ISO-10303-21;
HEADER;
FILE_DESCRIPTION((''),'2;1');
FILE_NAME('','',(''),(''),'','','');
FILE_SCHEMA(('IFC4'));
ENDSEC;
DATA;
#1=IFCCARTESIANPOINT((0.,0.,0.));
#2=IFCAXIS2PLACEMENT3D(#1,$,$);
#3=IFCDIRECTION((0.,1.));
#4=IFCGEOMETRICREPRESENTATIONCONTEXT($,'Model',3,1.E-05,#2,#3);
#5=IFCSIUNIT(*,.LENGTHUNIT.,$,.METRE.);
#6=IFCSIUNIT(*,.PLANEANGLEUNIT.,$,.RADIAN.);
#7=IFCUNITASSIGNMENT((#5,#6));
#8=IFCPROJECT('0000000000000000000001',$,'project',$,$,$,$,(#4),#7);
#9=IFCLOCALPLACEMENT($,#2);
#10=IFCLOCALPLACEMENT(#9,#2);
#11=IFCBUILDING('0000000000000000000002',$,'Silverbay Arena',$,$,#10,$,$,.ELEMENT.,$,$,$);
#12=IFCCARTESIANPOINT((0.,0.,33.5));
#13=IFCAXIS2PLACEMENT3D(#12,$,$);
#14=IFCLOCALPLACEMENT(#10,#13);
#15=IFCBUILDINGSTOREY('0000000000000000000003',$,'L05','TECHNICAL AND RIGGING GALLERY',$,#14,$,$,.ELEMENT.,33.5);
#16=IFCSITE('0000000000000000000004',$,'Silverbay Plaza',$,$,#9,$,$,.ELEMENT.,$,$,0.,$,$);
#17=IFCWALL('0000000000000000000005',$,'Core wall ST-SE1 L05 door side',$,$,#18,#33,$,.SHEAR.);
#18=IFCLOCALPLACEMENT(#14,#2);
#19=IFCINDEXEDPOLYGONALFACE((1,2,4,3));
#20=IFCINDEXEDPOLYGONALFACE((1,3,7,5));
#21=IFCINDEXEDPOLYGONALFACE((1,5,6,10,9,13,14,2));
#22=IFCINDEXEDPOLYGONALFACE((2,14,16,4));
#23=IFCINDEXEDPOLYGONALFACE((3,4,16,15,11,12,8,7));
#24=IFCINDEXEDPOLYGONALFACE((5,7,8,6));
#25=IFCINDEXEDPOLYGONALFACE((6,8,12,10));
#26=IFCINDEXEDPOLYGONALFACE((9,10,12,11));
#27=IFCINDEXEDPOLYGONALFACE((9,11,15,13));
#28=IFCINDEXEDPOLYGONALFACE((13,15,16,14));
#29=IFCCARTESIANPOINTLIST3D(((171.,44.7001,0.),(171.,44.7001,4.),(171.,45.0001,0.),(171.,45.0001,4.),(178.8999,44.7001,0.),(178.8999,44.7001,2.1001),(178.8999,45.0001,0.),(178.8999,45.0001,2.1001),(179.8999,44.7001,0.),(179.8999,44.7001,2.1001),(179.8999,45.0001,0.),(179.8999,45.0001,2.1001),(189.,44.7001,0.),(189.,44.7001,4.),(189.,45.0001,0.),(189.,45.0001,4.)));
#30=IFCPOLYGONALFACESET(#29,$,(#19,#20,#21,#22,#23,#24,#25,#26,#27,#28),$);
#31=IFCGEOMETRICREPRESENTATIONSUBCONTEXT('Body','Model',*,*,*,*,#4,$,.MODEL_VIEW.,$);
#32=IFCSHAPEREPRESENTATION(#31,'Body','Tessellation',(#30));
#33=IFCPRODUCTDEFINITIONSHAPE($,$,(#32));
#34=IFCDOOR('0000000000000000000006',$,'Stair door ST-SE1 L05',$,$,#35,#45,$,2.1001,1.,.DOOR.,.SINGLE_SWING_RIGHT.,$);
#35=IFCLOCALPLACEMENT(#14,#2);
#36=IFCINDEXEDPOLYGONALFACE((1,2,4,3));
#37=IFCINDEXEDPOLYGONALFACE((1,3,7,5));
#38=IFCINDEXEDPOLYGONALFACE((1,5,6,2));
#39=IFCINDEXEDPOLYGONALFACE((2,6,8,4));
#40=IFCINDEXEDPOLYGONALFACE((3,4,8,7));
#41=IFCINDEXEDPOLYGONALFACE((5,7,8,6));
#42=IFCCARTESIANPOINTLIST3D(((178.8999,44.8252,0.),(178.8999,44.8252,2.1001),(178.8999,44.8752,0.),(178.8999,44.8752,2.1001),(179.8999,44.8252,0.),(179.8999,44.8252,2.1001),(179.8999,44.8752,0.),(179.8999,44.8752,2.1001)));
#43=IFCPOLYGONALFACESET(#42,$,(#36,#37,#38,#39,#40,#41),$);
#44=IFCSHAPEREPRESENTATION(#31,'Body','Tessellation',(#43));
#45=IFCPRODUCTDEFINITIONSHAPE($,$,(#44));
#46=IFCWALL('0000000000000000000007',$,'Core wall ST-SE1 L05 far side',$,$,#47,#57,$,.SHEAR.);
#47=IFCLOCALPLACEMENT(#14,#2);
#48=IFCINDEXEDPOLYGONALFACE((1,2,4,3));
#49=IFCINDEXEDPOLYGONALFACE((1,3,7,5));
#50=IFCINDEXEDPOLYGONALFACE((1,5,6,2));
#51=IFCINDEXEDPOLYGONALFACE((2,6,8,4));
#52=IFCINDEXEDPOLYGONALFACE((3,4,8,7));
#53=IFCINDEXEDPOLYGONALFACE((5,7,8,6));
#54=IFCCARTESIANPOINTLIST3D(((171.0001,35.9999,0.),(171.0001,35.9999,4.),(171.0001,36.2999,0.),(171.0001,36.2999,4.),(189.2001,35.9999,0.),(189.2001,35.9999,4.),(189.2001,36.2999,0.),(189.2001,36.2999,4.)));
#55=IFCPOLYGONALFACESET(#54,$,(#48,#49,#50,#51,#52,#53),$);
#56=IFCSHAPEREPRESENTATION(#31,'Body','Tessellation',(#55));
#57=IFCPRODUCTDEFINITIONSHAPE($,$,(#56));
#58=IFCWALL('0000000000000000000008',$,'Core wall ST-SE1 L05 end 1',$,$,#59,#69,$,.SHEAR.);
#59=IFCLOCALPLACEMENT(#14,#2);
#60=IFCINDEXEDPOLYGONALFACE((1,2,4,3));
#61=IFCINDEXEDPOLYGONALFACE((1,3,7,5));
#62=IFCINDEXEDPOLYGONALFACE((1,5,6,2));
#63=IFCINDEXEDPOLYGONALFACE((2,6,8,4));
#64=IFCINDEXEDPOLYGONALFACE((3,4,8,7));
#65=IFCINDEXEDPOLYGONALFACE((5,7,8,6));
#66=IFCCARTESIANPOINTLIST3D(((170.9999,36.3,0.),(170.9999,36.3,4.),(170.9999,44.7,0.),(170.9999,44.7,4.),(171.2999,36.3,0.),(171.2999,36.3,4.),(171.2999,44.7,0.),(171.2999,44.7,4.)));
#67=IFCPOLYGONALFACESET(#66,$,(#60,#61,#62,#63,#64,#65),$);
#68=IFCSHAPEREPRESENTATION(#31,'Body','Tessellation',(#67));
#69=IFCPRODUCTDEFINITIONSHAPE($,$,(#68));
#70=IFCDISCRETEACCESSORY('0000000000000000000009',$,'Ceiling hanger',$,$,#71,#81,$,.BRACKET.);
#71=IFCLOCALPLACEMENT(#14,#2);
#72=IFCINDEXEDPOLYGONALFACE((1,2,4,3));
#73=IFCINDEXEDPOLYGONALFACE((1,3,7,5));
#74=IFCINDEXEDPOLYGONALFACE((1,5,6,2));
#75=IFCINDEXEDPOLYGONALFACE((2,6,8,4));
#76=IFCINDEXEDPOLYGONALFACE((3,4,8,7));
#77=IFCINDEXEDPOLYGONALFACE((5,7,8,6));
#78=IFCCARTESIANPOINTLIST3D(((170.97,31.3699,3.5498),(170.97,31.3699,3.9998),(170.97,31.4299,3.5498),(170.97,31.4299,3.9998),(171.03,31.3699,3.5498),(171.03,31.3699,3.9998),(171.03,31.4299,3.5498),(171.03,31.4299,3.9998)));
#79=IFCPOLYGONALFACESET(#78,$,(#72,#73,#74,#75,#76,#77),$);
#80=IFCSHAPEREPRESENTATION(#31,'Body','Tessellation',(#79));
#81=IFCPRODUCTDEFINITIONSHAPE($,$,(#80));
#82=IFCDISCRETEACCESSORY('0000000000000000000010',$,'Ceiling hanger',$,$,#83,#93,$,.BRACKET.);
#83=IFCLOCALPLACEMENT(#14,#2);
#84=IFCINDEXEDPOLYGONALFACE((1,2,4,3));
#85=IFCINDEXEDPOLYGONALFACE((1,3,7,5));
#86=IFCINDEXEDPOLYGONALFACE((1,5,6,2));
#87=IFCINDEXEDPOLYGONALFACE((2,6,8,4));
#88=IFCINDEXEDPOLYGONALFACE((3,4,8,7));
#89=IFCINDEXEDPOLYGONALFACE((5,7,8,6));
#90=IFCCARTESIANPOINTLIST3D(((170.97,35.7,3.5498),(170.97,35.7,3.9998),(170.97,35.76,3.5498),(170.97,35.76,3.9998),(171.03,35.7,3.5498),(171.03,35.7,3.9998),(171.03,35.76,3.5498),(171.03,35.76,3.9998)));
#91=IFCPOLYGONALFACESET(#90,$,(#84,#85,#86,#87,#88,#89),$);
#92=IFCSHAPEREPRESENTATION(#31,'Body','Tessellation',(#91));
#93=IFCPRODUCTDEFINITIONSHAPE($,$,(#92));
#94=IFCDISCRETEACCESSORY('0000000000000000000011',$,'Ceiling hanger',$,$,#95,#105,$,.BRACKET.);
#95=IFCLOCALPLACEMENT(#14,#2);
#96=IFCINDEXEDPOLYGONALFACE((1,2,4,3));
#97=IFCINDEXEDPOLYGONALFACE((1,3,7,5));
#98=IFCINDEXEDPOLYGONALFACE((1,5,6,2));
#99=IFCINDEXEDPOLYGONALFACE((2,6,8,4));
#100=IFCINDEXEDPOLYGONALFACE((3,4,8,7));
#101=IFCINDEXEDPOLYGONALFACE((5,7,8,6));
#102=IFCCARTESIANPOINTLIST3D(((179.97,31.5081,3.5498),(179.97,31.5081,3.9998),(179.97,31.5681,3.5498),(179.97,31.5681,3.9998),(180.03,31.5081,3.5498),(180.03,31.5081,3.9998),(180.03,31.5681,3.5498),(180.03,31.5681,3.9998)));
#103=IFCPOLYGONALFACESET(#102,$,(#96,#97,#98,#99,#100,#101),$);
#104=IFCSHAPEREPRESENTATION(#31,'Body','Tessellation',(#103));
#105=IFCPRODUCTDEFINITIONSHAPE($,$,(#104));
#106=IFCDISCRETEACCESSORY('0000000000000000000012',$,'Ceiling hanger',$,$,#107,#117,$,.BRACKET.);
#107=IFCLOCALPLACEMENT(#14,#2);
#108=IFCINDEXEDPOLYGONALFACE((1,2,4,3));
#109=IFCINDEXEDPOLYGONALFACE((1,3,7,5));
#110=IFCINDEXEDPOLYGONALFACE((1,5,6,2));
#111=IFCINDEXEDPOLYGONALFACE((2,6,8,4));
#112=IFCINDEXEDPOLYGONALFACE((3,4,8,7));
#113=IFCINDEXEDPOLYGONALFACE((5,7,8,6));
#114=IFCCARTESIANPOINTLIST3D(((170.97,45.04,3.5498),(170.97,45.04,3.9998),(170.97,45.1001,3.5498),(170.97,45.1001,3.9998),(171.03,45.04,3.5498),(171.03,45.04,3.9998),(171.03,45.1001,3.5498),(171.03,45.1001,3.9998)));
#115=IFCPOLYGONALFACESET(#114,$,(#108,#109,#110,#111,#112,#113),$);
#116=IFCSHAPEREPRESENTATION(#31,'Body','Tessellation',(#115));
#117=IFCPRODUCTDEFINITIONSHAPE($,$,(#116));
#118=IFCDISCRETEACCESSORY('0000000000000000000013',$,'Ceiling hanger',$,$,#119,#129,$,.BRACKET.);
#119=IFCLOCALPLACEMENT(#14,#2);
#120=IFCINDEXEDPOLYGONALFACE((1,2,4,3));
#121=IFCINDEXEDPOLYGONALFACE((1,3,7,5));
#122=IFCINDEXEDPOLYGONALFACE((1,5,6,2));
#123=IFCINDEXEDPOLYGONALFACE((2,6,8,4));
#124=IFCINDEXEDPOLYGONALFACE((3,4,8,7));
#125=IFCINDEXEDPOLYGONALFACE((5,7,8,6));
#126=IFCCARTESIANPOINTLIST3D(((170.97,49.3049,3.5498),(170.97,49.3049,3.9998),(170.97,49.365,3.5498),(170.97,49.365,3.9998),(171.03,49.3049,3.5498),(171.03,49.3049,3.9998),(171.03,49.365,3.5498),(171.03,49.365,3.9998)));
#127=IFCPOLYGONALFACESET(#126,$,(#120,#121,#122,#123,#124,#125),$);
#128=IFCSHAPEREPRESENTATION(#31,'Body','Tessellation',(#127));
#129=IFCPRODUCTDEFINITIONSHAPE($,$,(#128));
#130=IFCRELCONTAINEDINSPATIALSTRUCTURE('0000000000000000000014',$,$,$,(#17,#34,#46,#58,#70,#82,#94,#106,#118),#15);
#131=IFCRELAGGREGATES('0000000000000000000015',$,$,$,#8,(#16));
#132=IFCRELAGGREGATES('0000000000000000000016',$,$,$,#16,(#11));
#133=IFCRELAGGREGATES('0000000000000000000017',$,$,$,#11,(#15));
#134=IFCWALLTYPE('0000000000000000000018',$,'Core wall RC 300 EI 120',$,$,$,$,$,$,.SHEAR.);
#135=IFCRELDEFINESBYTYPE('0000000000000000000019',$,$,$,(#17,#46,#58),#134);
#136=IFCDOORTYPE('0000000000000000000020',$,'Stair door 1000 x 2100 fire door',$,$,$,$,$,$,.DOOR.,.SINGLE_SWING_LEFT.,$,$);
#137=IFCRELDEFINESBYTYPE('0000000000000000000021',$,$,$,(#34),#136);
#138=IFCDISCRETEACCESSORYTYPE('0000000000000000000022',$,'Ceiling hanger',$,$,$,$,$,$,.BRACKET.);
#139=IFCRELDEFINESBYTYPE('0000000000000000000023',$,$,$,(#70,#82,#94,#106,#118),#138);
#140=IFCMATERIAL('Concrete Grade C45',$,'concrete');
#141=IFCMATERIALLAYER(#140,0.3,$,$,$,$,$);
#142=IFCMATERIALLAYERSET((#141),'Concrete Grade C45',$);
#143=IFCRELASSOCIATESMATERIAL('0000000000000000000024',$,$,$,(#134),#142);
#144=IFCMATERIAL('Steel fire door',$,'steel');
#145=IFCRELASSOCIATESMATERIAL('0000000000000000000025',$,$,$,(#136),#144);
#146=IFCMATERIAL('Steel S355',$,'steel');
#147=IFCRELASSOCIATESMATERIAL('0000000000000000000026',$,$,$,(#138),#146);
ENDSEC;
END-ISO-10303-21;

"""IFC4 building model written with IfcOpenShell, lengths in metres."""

from ifc_helpers import new_model, si_unit, direction, frame, frame_2d, origin, origin_2d, place, context, subcontext, project, spatial, rectangle, extrude, material, layer, layer_set, type_object, element, fill, save


model = new_model("IFC4")

# Units and contexts
model_context = context("Model", 3, precision=1e-05, world=origin(), true_north=direction((0.0, 1.0)))
body_context = subcontext(model_context, "Body", "Model", "MODEL_VIEW")
ifc_project = project(units=[si_unit("LENGTHUNIT", "METRE"), si_unit("PLANEANGLEUNIT", "RADIAN")], contexts=[model_context])

# Site, building, storey
site_placement = place(None, origin())
site = spatial("IfcSite", under=ifc_project, at=site_placement, Name="Silverbay Plaza", CompositionType="ELEMENT", RefElevation=0.0)
building_placement = place(site_placement, origin())
building = spatial("IfcBuilding", under=site, at=building_placement, Name="Silverbay Arena", CompositionType="ELEMENT")
storey_placement = place(building_placement, frame((0.0, 0.0, 33.5)))
storey = spatial("IfcBuildingStorey", under=building, at=storey_placement, Name="L05", Description="TECHNICAL AND RIGGING GALLERY", CompositionType="ELEMENT", Elevation=33.5)

# Wall, opening, door
ifc_material_1 = material(Name="Concrete Grade C45", Category="concrete")
ifc_layer = layer(ifc_material_1, 0.3)
ifc_layer_set = layer_set([ifc_layer], Name="Concrete Grade C45")
wall_type = type_object("IfcWallType", Name="Core wall RC 300 EI 120", PredefinedType="SHEAR", material=ifc_layer_set)
wall_1_placement = place(storey_placement, frame((171.0, 44.8501, 0.0), z_axis=(0.0, 0.0, 1.0), x_axis=(1.0, 0.0, 0.0)))
wall_1 = element("IfcWall", 1, at=wall_1_placement, inside=storey, type_object=wall_type, Name="Core wall ST-SE1 L05 door side", PredefinedType="SHEAR", context=body_context, shape_type="SweptSolid", body=[
    extrude(rectangle(XDim=18.0, YDim=0.3, at=frame_2d((9.0, 0.0))), origin(), (0.0, 0.0, 1.0), 4.0),
])
opening_placement = place(wall_1_placement, frame((7.8999, 0.0, 0.0)))
opening = element("IfcOpeningElement", 2, at=opening_placement, cuts=wall_1, PredefinedType="OPENING", context=body_context, shape_type="SweptSolid", body=[
    extrude(rectangle(XDim=1.0, YDim=2.1001, at=frame_2d((0.5, 1.05))), frame((0.0, 0.1602, 0.0), z_axis=(0.0, -1.0, 0.0), x_axis=(1.0, 0.0, 0.0)), (0.0, 0.0, 1.0), 0.3201),
])
ifc_material_2 = material(Name="Steel fire door", Category="steel")
door_type = type_object("IfcDoorType", Name="Stair door 1000 x 2100 fire door", OperationType="SINGLE_SWING_LEFT", PredefinedType="DOOR", material=ifc_material_2)
door_placement = place(opening_placement, frame((1.0, 0.0, 0.0), z_axis=(0.0, 0.0, 1.0), x_axis=(-1.0, 0.0, 0.0)))
door = element("IfcDoor", 3, at=door_placement, inside=storey, type_object=door_type, Name="Stair door ST-SE1 L05", OperationType="SINGLE_SWING_RIGHT", OverallHeight=2.1001, OverallWidth=1.0, PredefinedType="DOOR", context=body_context, shape_type="SweptSolid", body=[
    extrude(rectangle(XDim=1.0, YDim=2.1001, at=frame_2d((0.5, 1.05))), frame((0.0, 0.0249, 0.0), z_axis=(0.0, -1.0, 0.0), x_axis=(1.0, 0.0, 0.0)), (0.0, 0.0, 1.0), 0.05),
])
fill(opening, door)

# Walls
wall_2_placement = place(storey_placement, frame((171.0, 36.1499, 0.0), z_axis=(0.0, 0.0, 1.0), x_axis=(1.0, 0.0, 0.0)))
element("IfcWall", 4, at=wall_2_placement, inside=storey, type_object=wall_type, Name="Core wall ST-SE1 L05 far side", PredefinedType="SHEAR", context=body_context, shape_type="SweptSolid", body=[
    extrude(rectangle(XDim=18.2, YDim=0.3, at=frame_2d((9.1001, 0.0))), origin(), (0.0, 0.0, 1.0), 4.0),
])
wall_3_placement = place(storey_placement, frame((171.1499, 44.7, 0.0), z_axis=(0.0, 0.0, 1.0), x_axis=(0.0, -1.0, 0.0)))
element("IfcWall", 5, at=wall_3_placement, inside=storey, type_object=wall_type, Name="Core wall ST-SE1 L05 end 1", PredefinedType="SHEAR", context=body_context, shape_type="SweptSolid", body=[
    extrude(rectangle(XDim=8.3999, YDim=0.3, at=frame_2d((4.2, 0.0))), origin(), (0.0, 0.0, 1.0), 4.0),
])

# Discrete accessories
ifc_material_3 = material(Name="Steel S355", Category="steel")
discrete_accessory_type = type_object("IfcDiscreteAccessoryType", Name="Ceiling hanger", PredefinedType="BRACKET", material=ifc_material_3)
for number, where, z_axis, x_axis, name in (
    (6, (171.0, 31.3999, 3.5498), (0.0, 0.0, 1.0), (1.0, 0.0, 0.0), "Ceiling hanger"),
    (7, (171.0, 35.73, 3.5498), (0.0, 0.0, 1.0), (1.0, 0.0, 0.0), "Ceiling hanger"),
    (8, (180.0, 31.5381, 3.5498), (0.0, 0.0, 1.0), (1.0, 0.0, 0.0), "Ceiling hanger"),
    (9, (171.0, 45.0701, 3.5498), (0.0, 0.0, 1.0), (1.0, 0.0, 0.0), "Ceiling hanger"),
    (10, (171.0, 49.335, 3.5498), (0.0, 0.0, 1.0), (1.0, 0.0, 0.0), "Ceiling hanger"),
):
    element("IfcDiscreteAccessory", number, at=place(storey_placement, frame(where, z_axis=z_axis, x_axis=x_axis)), inside=storey, type_object=discrete_accessory_type, Name=name, PredefinedType="BRACKET", context=body_context, shape_type="SweptSolid", body=[
        extrude(rectangle(XDim=0.0601, YDim=0.0601, at=origin_2d()), origin(), (0.0, 0.0, 1.0), 0.45),
    ])

save(model, "model.ifc")
